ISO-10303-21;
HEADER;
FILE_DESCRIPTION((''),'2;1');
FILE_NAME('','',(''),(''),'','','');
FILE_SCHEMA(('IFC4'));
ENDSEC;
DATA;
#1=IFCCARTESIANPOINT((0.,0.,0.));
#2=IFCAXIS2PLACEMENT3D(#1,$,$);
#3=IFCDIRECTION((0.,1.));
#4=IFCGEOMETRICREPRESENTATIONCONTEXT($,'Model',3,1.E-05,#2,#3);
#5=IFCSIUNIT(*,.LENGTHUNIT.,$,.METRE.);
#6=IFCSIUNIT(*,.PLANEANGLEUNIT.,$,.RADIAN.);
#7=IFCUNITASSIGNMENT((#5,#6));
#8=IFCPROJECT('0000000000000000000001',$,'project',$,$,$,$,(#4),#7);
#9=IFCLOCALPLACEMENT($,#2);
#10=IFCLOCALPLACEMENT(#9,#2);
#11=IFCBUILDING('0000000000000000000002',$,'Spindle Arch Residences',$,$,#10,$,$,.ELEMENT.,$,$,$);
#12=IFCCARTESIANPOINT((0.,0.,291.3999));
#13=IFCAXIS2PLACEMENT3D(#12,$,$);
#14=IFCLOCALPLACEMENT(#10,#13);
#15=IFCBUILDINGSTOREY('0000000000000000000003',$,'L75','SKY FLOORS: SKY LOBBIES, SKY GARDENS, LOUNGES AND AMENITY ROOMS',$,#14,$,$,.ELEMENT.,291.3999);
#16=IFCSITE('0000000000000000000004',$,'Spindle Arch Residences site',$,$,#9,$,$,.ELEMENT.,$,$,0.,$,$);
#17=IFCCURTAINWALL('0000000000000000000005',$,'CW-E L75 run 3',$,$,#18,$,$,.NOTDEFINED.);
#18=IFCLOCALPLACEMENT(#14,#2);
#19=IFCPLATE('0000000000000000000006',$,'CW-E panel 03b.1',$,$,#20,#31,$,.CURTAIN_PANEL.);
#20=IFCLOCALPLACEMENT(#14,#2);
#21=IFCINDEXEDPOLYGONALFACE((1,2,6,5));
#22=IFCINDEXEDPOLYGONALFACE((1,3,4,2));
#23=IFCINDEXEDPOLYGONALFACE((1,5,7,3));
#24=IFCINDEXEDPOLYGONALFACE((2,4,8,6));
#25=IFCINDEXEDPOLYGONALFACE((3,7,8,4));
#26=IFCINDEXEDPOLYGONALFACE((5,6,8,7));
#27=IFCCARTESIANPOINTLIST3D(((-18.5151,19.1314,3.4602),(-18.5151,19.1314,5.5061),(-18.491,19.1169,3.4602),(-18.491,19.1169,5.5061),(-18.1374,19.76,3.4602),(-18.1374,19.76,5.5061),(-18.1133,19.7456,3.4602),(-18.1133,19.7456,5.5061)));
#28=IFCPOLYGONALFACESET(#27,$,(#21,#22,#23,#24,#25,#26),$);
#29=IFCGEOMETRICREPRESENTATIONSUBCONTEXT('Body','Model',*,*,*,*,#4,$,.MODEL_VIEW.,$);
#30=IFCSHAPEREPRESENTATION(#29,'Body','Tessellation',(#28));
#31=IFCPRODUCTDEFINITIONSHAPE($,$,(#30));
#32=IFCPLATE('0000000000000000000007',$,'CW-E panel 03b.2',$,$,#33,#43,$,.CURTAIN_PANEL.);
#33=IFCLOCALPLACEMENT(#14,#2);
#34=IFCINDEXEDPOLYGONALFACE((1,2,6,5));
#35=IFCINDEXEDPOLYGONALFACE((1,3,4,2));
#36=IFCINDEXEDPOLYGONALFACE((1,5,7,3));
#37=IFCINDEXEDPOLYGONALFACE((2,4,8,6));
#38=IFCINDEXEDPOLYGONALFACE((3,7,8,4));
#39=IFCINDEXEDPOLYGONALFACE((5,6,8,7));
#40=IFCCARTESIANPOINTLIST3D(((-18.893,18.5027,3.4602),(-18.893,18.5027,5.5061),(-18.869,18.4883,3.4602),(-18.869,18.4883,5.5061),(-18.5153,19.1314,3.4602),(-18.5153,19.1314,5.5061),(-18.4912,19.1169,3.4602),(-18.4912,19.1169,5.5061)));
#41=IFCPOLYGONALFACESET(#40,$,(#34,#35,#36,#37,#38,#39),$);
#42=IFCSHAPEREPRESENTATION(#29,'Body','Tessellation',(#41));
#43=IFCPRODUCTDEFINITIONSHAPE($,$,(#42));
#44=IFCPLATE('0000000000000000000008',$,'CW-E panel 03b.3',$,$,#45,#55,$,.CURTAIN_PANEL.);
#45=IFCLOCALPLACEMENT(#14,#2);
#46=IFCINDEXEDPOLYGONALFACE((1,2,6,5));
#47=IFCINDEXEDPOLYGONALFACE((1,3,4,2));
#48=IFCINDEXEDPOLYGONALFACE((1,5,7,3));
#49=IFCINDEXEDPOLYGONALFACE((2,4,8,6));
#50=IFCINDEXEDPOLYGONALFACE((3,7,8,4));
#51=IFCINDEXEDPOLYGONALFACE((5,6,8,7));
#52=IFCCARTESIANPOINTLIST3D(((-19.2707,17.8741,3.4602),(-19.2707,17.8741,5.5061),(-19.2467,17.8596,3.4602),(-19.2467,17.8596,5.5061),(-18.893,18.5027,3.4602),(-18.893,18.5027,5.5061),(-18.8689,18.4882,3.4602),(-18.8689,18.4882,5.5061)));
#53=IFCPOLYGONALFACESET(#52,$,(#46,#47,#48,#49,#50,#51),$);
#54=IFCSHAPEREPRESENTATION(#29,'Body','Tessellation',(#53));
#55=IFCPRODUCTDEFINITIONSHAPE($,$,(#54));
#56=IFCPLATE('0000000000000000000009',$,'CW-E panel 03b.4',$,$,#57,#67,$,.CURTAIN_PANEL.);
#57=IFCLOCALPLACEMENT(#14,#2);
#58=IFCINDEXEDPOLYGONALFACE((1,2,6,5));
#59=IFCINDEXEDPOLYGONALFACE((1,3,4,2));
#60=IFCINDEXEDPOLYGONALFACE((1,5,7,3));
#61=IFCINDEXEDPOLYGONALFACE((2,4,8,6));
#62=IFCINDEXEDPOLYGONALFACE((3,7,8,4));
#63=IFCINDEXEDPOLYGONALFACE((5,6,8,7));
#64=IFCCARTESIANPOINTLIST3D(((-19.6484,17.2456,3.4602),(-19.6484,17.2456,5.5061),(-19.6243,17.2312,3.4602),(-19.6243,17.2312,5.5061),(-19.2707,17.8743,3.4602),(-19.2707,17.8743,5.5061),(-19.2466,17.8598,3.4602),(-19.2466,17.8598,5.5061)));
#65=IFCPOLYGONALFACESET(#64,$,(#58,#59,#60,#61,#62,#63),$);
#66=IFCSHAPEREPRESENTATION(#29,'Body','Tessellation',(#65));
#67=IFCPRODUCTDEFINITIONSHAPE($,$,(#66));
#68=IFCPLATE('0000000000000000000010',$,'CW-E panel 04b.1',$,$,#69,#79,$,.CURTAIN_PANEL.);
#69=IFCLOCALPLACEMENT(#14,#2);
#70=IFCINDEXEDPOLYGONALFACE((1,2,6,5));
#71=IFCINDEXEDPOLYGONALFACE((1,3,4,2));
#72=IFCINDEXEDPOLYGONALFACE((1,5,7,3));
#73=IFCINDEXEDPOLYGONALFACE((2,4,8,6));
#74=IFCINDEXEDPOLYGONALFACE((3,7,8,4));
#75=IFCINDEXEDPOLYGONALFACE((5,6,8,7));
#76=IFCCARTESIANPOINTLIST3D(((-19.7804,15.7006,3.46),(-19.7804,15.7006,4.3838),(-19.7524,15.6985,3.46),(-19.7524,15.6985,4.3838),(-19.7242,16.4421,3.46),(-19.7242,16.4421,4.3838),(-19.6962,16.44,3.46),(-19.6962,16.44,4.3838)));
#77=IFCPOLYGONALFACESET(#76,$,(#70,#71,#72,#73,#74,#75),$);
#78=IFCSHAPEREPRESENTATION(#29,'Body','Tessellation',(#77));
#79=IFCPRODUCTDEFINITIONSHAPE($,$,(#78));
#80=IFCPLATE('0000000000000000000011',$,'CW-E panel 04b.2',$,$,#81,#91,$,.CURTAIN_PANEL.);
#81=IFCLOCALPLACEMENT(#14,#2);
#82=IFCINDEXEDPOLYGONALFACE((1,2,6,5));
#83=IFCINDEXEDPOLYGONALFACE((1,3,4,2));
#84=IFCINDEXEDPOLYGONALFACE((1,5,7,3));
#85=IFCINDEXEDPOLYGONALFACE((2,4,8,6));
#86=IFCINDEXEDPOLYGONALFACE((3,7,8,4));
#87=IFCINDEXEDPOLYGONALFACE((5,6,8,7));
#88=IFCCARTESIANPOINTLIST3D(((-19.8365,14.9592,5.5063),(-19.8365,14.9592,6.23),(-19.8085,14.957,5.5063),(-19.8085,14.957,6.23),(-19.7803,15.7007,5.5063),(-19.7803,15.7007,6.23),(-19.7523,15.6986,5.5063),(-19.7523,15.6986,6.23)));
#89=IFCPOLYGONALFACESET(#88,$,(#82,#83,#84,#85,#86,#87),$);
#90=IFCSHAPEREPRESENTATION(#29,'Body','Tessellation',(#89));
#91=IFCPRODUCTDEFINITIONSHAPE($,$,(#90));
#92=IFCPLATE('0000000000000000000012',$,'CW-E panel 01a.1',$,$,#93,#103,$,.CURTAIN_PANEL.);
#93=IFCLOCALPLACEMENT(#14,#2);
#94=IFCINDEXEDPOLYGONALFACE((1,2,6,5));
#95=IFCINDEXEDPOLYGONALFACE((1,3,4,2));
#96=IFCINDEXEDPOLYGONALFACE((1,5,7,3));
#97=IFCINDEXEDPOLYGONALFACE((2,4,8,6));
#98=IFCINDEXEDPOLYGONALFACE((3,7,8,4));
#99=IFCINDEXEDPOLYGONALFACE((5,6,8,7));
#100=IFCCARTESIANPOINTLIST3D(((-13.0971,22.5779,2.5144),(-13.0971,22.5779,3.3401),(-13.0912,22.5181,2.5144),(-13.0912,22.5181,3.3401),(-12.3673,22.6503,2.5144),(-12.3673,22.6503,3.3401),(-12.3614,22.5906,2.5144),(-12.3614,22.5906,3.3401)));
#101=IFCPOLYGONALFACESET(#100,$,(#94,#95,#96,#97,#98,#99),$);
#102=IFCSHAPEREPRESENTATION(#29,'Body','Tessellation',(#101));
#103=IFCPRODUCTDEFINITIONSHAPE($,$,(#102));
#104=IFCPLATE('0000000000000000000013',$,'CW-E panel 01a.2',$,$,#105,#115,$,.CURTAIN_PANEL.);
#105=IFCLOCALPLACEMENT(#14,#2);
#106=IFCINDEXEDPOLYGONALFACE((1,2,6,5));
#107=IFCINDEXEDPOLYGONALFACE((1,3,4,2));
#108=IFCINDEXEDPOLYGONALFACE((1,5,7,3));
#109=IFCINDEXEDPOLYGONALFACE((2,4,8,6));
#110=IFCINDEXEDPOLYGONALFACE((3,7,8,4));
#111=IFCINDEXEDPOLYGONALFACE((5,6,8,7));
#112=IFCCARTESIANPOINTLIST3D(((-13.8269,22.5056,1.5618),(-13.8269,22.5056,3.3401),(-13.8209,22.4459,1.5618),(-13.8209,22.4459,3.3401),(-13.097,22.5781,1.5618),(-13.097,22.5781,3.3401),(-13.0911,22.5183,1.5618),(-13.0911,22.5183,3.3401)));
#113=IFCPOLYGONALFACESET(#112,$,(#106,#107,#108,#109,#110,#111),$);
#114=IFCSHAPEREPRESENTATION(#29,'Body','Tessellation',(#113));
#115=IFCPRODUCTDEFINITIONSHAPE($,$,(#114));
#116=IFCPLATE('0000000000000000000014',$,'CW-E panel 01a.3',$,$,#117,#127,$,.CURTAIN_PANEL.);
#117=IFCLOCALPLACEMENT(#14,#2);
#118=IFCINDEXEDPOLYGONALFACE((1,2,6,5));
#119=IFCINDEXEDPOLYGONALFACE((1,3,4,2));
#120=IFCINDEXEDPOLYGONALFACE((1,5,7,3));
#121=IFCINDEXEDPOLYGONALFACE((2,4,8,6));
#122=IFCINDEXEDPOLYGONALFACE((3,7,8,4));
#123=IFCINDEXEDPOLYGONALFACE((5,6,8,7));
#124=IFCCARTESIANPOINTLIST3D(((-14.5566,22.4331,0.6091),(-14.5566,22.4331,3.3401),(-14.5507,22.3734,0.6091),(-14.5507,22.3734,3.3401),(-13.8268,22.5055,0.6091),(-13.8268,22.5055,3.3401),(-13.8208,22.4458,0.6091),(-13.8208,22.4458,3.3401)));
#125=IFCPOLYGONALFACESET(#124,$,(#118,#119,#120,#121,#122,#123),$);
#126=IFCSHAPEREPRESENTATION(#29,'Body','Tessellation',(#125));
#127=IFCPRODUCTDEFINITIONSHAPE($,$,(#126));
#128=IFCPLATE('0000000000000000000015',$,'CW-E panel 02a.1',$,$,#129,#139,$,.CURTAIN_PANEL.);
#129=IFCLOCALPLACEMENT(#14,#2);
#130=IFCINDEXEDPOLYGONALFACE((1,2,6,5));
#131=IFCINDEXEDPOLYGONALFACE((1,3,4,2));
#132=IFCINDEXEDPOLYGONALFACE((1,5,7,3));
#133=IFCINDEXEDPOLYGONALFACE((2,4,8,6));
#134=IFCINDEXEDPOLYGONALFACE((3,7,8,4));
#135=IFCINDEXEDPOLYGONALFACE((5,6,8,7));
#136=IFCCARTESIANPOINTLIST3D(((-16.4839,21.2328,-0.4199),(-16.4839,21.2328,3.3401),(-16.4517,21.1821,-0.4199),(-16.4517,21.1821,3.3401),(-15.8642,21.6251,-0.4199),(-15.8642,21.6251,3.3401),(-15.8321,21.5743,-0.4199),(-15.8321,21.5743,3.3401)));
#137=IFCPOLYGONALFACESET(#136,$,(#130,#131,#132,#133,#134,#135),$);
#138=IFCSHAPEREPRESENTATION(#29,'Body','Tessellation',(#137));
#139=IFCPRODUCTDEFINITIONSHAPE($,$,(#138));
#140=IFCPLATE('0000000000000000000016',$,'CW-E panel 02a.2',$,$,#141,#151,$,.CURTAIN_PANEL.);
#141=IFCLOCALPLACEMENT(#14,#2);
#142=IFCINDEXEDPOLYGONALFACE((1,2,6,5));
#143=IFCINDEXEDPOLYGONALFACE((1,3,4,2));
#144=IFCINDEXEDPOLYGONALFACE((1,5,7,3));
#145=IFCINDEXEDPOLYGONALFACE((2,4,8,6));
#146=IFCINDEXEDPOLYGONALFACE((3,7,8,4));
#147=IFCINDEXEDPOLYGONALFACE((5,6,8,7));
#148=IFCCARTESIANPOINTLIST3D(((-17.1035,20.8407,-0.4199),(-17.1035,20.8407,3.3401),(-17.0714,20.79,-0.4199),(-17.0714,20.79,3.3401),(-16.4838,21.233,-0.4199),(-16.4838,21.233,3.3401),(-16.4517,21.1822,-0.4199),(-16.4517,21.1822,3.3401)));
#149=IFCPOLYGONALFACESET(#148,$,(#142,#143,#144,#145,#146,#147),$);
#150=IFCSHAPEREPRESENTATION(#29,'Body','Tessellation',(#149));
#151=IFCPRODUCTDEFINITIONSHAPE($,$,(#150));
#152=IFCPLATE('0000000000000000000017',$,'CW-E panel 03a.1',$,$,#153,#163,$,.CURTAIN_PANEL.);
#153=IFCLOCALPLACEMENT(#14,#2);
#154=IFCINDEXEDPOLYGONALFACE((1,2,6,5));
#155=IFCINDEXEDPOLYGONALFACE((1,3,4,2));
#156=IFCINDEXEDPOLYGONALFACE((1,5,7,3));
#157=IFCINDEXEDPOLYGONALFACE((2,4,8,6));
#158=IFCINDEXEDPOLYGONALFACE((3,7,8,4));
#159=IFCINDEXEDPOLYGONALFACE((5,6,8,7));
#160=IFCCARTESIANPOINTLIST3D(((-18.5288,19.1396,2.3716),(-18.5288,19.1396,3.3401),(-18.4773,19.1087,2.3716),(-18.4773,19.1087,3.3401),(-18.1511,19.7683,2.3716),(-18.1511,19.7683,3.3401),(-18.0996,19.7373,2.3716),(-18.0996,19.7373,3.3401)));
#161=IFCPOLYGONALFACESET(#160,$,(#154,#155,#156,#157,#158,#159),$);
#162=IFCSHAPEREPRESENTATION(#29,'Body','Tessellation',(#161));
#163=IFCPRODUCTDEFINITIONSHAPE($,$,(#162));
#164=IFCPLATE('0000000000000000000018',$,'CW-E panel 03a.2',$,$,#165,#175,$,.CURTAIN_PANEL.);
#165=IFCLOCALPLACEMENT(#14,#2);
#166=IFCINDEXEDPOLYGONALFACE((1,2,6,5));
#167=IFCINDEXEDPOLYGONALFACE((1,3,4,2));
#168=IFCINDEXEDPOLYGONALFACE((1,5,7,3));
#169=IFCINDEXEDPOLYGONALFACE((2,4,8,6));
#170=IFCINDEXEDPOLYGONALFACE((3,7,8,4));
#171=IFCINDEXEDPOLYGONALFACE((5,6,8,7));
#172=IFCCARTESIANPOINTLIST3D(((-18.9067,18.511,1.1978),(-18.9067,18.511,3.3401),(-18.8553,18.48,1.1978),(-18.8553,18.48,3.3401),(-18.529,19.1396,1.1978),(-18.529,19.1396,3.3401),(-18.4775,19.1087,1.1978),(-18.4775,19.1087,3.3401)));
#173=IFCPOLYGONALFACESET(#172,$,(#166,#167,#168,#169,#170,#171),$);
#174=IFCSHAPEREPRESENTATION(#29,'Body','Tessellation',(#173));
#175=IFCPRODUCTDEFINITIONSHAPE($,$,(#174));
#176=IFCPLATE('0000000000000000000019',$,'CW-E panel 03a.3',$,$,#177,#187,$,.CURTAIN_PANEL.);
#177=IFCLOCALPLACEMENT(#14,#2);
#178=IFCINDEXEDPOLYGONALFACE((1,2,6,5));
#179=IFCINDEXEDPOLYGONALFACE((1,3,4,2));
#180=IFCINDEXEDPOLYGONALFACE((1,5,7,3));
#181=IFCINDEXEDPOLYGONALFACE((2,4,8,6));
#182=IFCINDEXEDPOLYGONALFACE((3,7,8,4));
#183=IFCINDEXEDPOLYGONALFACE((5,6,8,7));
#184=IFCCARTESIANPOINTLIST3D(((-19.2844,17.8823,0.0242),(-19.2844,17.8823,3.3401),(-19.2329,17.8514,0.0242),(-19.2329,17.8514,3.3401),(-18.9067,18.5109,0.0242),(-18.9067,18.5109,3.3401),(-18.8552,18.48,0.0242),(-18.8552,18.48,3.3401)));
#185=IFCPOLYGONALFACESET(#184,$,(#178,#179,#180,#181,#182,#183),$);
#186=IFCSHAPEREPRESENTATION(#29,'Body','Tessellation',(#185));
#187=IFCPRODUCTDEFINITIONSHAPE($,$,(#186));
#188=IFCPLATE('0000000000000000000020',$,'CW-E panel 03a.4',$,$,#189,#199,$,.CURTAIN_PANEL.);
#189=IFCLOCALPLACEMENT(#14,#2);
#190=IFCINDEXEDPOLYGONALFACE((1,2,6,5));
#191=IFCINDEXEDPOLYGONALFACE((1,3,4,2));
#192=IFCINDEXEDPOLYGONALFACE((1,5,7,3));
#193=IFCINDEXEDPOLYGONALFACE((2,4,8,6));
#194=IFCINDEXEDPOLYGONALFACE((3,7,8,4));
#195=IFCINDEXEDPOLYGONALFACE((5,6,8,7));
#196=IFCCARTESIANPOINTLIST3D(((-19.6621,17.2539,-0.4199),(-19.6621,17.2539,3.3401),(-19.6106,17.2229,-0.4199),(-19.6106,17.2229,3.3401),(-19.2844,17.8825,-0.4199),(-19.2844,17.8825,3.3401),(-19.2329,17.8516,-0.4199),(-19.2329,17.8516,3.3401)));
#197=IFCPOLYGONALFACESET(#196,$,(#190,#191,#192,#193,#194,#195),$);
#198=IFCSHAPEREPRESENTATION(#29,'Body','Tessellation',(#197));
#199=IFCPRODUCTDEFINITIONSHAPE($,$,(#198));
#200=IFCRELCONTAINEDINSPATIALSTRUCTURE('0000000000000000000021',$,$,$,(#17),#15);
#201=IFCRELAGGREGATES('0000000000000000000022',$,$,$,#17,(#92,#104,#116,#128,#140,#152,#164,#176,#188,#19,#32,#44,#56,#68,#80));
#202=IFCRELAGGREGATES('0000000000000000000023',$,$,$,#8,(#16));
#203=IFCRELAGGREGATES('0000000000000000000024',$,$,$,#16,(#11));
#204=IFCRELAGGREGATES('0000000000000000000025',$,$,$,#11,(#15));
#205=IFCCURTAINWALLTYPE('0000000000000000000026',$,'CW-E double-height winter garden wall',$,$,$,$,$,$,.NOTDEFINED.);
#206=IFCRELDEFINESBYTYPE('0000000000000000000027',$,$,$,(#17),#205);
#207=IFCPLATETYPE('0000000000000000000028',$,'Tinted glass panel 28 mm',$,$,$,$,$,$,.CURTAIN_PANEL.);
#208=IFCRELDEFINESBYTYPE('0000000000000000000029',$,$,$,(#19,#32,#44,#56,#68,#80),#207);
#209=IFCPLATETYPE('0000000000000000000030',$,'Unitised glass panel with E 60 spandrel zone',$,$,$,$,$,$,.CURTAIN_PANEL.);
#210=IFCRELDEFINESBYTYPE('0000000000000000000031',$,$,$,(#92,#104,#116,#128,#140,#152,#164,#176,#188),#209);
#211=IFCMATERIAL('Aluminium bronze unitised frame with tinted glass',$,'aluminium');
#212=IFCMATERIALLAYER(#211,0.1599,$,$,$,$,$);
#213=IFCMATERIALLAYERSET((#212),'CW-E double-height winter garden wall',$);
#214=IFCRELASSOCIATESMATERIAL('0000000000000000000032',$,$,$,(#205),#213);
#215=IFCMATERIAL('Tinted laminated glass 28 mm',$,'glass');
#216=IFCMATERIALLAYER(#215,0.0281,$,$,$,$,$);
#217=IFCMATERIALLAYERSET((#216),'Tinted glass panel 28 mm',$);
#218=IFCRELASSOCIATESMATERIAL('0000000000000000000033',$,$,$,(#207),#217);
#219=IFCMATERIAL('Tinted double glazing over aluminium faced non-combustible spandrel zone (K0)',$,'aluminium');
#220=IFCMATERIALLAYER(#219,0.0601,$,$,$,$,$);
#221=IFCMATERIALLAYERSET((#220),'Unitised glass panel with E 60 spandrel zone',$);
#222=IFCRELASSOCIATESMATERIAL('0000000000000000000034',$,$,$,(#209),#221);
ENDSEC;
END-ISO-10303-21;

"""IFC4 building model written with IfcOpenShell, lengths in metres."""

from ifc_helpers import new_model, si_unit, direction, frame, origin, origin_2d, place, context, subcontext, project, spatial, rectangle, extrude, material, layer, layer_set, type_object, element, aggregate, save


model = new_model("IFC4")

# Units and contexts
model_context = context("Model", 3, precision=1e-05, world=origin(), true_north=direction((0.0, 1.0)))
body_context = subcontext(model_context, "Body", "Model", "MODEL_VIEW")
ifc_project = project(units=[si_unit("LENGTHUNIT", "METRE"), si_unit("PLANEANGLEUNIT", "RADIAN")], contexts=[model_context])

# Site, building, storey
site_placement = place(None, origin())
site = spatial("IfcSite", under=ifc_project, at=site_placement, Name="Spindle Arch Residences site", CompositionType="ELEMENT", RefElevation=0.0)
building_placement = place(site_placement, origin())
building = spatial("IfcBuilding", under=site, at=building_placement, Name="Spindle Arch Residences", CompositionType="ELEMENT")
storey_placement = place(building_placement, frame((0.0, 0.0, 291.3999)))
storey = spatial("IfcBuildingStorey", under=building, at=storey_placement, Name="L75", Description="SKY FLOORS: SKY LOBBIES, SKY GARDENS, LOUNGES AND AMENITY ROOMS", CompositionType="ELEMENT", Elevation=291.3999)

# Curtain wall, plates
ifc_material_1 = material(Name="Aluminium bronze unitised frame with tinted glass", Category="aluminium")
ifc_layer_1 = layer(ifc_material_1, 0.1599)
ifc_layer_set_1 = layer_set([ifc_layer_1], Name="CW-E double-height winter garden wall")
curtain_wall_type = type_object("IfcCurtainWallType", Name="CW-E double-height winter garden wall", PredefinedType="NOTDEFINED", material=ifc_layer_set_1)
curtain_wall_placement = place(storey_placement, origin())
curtain_wall = element("IfcCurtainWall", 1, at=curtain_wall_placement, inside=storey, type_object=curtain_wall_type, Name="CW-E L75 run 3", PredefinedType="NOTDEFINED")
ifc_material_2 = material(Name="Tinted laminated glass 28 mm", Category="glass")
ifc_layer_2 = layer(ifc_material_2, 0.0281)
ifc_layer_set_2 = layer_set([ifc_layer_2], Name="Tinted glass panel 28 mm")
plate_type_1 = type_object("IfcPlateType", Name="Tinted glass panel 28 mm", PredefinedType="CURTAIN_PANEL", material=ifc_layer_set_2)
plate_1_placement = place(storey_placement, frame((-18.3142, 19.4385, 3.4602), z_axis=(0.0, 0.0, 1.0), x_axis=(-0.515038, -0.857167, 0.0)))
plate_1 = element("IfcPlate", 2, at=plate_1_placement, type_object=plate_type_1, Name="CW-E panel 03b.1", PredefinedType="CURTAIN_PANEL", context=body_context, shape_type="SweptSolid", body=[
    extrude(rectangle(XDim=0.7334, YDim=0.0281, at=origin_2d()), origin(), (0.0, 0.0, 1.0), 2.0459),
])
plate_2_placement = place(storey_placement, frame((-18.6921, 18.8098, 3.4602), z_axis=(0.0, 0.0, 1.0), x_axis=(-0.515038, -0.857167, 0.0)))
plate_2 = element("IfcPlate", 3, at=plate_2_placement, type_object=plate_type_1, Name="CW-E panel 03b.2", PredefinedType="CURTAIN_PANEL", context=body_context, shape_type="SweptSolid", body=[
    extrude(rectangle(XDim=0.7334, YDim=0.0281, at=origin_2d()), origin(), (0.0, 0.0, 1.0), 2.0459),
])
plate_3_placement = place(storey_placement, frame((-19.0698, 18.1812, 3.4602), z_axis=(0.0, 0.0, 1.0), x_axis=(-0.515038, -0.857167, 0.0)))
plate_3 = element("IfcPlate", 4, at=plate_3_placement, type_object=plate_type_1, Name="CW-E panel 03b.3", PredefinedType="CURTAIN_PANEL", context=body_context, shape_type="SweptSolid", body=[
    extrude(rectangle(XDim=0.7334, YDim=0.0281, at=origin_2d()), origin(), (0.0, 0.0, 1.0), 2.0459),
])
plate_4_placement = place(storey_placement, frame((-19.4475, 17.5527, 3.4602), z_axis=(0.0, 0.0, 1.0), x_axis=(-0.515038, -0.857167, 0.0)))
plate_4 = element("IfcPlate", 5, at=plate_4_placement, type_object=plate_type_1, Name="CW-E panel 03b.4", PredefinedType="CURTAIN_PANEL", context=body_context, shape_type="SweptSolid", body=[
    extrude(rectangle(XDim=0.7334, YDim=0.0281, at=origin_2d()), origin(), (0.0, 0.0, 1.0), 2.0459),
])
plate_5_placement = place(storey_placement, frame((-19.7383, 16.0703, 3.46), z_axis=(0.0, 0.0, 1.0), x_axis=(-0.075559, -0.997141, 0.0)))
plate_5 = element("IfcPlate", 6, at=plate_5_placement, type_object=plate_type_1, Name="CW-E panel 04b.1", PredefinedType="CURTAIN_PANEL", context=body_context, shape_type="SweptSolid", body=[
    extrude(rectangle(XDim=0.7437, YDim=0.0281, at=origin_2d()), origin(), (0.0, 0.0, 1.0), 0.9238),
])
plate_6_placement = place(storey_placement, frame((-19.7944, 15.3289, 5.5063), z_axis=(0.0, 0.0, 1.0), x_axis=(-0.075559, -0.997141, 0.0)))
plate_6 = element("IfcPlate", 7, at=plate_6_placement, type_object=plate_type_1, Name="CW-E panel 04b.2", PredefinedType="CURTAIN_PANEL", context=body_context, shape_type="SweptSolid", body=[
    extrude(rectangle(XDim=0.7437, YDim=0.0281, at=origin_2d()), origin(), (0.0, 0.0, 1.0), 0.7236),
])
ifc_material_3 = material(Name="Tinted double glazing over aluminium faced non-combustible spandrel zone (K0)", Category="aluminium")
ifc_layer_3 = layer(ifc_material_3, 0.0601)
ifc_layer_set_3 = layer_set([ifc_layer_3], Name="Unitised glass panel with E 60 spandrel zone")
plate_type_2 = type_object("IfcPlateType", Name="Unitised glass panel with E 60 spandrel zone", PredefinedType="CURTAIN_PANEL", material=ifc_layer_set_3)
plate_7_placement = place(storey_placement, frame((-12.7292, 22.5842, 2.5144), z_axis=(0.0, 0.0, 1.0), x_axis=(-0.995113, -0.098741, 0.0)))
plate_7 = element("IfcPlate", 8, at=plate_7_placement, type_object=plate_type_2, Name="CW-E panel 01a.1", PredefinedType="CURTAIN_PANEL", context=body_context, shape_type="SweptSolid", body=[
    extrude(rectangle(XDim=0.7334, YDim=0.0601, at=origin_2d()), origin(), (0.0, 0.0, 1.0), 0.8257),
])
plate_8_placement = place(storey_placement, frame((-13.459, 22.512, 1.5618), z_axis=(0.0, 0.0, 1.0), x_axis=(-0.995113, -0.098741, 0.0)))
plate_8 = element("IfcPlate", 9, at=plate_8_placement, type_object=plate_type_2, Name="CW-E panel 01a.2", PredefinedType="CURTAIN_PANEL", context=body_context, shape_type="SweptSolid", body=[
    extrude(rectangle(XDim=0.7334, YDim=0.0601, at=origin_2d()), origin(), (0.0, 0.0, 1.0), 1.7783),
])
plate_9_placement = place(storey_placement, frame((-14.1887, 22.4395, 0.6091), z_axis=(0.0, 0.0, 1.0), x_axis=(-0.995113, -0.098741, 0.0)))
plate_9 = element("IfcPlate", 10, at=plate_9_placement, type_object=plate_type_2, Name="CW-E panel 01a.3", PredefinedType="CURTAIN_PANEL", context=body_context, shape_type="SweptSolid", body=[
    extrude(rectangle(XDim=0.7334, YDim=0.0601, at=origin_2d()), origin(), (0.0, 0.0, 1.0), 2.731),
])
plate_10_placement = place(storey_placement, frame((-16.158, 21.4036, -0.4199), z_axis=(0.0, 0.0, 1.0), x_axis=(-0.844951, -0.534844, 0.0)))
plate_10 = element("IfcPlate", 11, at=plate_10_placement, type_object=plate_type_2, Name="CW-E panel 02a.1", PredefinedType="CURTAIN_PANEL", context=body_context, shape_type="SweptSolid", body=[
    extrude(rectangle(XDim=0.7334, YDim=0.0601, at=origin_2d()), origin(), (0.0, 0.0, 1.0), 3.76),
])
plate_11_placement = place(storey_placement, frame((-16.7776, 21.0115, -0.4199), z_axis=(0.0, 0.0, 1.0), x_axis=(-0.844951, -0.534844, 0.0)))
plate_11 = element("IfcPlate", 12, at=plate_11_placement, type_object=plate_type_2, Name="CW-E panel 02a.2", PredefinedType="CURTAIN_PANEL", context=body_context, shape_type="SweptSolid", body=[
    extrude(rectangle(XDim=0.7334, YDim=0.0601, at=origin_2d()), origin(), (0.0, 0.0, 1.0), 3.76),
])
plate_12_placement = place(storey_placement, frame((-18.3142, 19.4385, 2.3716), z_axis=(0.0, 0.0, 1.0), x_axis=(-0.515038, -0.857167, 0.0)))
plate_12 = element("IfcPlate", 13, at=plate_12_placement, type_object=plate_type_2, Name="CW-E panel 03a.1", PredefinedType="CURTAIN_PANEL", context=body_context, shape_type="SweptSolid", body=[
    extrude(rectangle(XDim=0.7334, YDim=0.0601, at=origin_2d()), origin(), (0.0, 0.0, 1.0), 0.9685),
])
plate_13_placement = place(storey_placement, frame((-18.6921, 18.8098, 1.1978), z_axis=(0.0, 0.0, 1.0), x_axis=(-0.515038, -0.857167, 0.0)))
plate_13 = element("IfcPlate", 14, at=plate_13_placement, type_object=plate_type_2, Name="CW-E panel 03a.2", PredefinedType="CURTAIN_PANEL", context=body_context, shape_type="SweptSolid", body=[
    extrude(rectangle(XDim=0.7334, YDim=0.0601, at=origin_2d()), origin(), (0.0, 0.0, 1.0), 2.1423),
])
plate_14_placement = place(storey_placement, frame((-19.0698, 18.1812, 0.0242), z_axis=(0.0, 0.0, 1.0), x_axis=(-0.515038, -0.857167, 0.0)))
plate_14 = element("IfcPlate", 15, at=plate_14_placement, type_object=plate_type_2, Name="CW-E panel 03a.3", PredefinedType="CURTAIN_PANEL", context=body_context, shape_type="SweptSolid", body=[
    extrude(rectangle(XDim=0.7334, YDim=0.0601, at=origin_2d()), origin(), (0.0, 0.0, 1.0), 3.3159),
])
plate_15_placement = place(storey_placement, frame((-19.4475, 17.5527, -0.4199), z_axis=(0.0, 0.0, 1.0), x_axis=(-0.515038, -0.857167, 0.0)))
plate_15 = element("IfcPlate", 16, at=plate_15_placement, type_object=plate_type_2, Name="CW-E panel 03a.4", PredefinedType="CURTAIN_PANEL", context=body_context, shape_type="SweptSolid", body=[
    extrude(rectangle(XDim=0.7334, YDim=0.0601, at=origin_2d()), origin(), (0.0, 0.0, 1.0), 3.76),
])
aggregate(curtain_wall, [plate_7, plate_8, plate_9, plate_10, plate_11, plate_12, plate_13, plate_14, plate_15, plate_1, plate_2, plate_3, plate_4, plate_5, plate_6])

save(model, "model.ifc")
